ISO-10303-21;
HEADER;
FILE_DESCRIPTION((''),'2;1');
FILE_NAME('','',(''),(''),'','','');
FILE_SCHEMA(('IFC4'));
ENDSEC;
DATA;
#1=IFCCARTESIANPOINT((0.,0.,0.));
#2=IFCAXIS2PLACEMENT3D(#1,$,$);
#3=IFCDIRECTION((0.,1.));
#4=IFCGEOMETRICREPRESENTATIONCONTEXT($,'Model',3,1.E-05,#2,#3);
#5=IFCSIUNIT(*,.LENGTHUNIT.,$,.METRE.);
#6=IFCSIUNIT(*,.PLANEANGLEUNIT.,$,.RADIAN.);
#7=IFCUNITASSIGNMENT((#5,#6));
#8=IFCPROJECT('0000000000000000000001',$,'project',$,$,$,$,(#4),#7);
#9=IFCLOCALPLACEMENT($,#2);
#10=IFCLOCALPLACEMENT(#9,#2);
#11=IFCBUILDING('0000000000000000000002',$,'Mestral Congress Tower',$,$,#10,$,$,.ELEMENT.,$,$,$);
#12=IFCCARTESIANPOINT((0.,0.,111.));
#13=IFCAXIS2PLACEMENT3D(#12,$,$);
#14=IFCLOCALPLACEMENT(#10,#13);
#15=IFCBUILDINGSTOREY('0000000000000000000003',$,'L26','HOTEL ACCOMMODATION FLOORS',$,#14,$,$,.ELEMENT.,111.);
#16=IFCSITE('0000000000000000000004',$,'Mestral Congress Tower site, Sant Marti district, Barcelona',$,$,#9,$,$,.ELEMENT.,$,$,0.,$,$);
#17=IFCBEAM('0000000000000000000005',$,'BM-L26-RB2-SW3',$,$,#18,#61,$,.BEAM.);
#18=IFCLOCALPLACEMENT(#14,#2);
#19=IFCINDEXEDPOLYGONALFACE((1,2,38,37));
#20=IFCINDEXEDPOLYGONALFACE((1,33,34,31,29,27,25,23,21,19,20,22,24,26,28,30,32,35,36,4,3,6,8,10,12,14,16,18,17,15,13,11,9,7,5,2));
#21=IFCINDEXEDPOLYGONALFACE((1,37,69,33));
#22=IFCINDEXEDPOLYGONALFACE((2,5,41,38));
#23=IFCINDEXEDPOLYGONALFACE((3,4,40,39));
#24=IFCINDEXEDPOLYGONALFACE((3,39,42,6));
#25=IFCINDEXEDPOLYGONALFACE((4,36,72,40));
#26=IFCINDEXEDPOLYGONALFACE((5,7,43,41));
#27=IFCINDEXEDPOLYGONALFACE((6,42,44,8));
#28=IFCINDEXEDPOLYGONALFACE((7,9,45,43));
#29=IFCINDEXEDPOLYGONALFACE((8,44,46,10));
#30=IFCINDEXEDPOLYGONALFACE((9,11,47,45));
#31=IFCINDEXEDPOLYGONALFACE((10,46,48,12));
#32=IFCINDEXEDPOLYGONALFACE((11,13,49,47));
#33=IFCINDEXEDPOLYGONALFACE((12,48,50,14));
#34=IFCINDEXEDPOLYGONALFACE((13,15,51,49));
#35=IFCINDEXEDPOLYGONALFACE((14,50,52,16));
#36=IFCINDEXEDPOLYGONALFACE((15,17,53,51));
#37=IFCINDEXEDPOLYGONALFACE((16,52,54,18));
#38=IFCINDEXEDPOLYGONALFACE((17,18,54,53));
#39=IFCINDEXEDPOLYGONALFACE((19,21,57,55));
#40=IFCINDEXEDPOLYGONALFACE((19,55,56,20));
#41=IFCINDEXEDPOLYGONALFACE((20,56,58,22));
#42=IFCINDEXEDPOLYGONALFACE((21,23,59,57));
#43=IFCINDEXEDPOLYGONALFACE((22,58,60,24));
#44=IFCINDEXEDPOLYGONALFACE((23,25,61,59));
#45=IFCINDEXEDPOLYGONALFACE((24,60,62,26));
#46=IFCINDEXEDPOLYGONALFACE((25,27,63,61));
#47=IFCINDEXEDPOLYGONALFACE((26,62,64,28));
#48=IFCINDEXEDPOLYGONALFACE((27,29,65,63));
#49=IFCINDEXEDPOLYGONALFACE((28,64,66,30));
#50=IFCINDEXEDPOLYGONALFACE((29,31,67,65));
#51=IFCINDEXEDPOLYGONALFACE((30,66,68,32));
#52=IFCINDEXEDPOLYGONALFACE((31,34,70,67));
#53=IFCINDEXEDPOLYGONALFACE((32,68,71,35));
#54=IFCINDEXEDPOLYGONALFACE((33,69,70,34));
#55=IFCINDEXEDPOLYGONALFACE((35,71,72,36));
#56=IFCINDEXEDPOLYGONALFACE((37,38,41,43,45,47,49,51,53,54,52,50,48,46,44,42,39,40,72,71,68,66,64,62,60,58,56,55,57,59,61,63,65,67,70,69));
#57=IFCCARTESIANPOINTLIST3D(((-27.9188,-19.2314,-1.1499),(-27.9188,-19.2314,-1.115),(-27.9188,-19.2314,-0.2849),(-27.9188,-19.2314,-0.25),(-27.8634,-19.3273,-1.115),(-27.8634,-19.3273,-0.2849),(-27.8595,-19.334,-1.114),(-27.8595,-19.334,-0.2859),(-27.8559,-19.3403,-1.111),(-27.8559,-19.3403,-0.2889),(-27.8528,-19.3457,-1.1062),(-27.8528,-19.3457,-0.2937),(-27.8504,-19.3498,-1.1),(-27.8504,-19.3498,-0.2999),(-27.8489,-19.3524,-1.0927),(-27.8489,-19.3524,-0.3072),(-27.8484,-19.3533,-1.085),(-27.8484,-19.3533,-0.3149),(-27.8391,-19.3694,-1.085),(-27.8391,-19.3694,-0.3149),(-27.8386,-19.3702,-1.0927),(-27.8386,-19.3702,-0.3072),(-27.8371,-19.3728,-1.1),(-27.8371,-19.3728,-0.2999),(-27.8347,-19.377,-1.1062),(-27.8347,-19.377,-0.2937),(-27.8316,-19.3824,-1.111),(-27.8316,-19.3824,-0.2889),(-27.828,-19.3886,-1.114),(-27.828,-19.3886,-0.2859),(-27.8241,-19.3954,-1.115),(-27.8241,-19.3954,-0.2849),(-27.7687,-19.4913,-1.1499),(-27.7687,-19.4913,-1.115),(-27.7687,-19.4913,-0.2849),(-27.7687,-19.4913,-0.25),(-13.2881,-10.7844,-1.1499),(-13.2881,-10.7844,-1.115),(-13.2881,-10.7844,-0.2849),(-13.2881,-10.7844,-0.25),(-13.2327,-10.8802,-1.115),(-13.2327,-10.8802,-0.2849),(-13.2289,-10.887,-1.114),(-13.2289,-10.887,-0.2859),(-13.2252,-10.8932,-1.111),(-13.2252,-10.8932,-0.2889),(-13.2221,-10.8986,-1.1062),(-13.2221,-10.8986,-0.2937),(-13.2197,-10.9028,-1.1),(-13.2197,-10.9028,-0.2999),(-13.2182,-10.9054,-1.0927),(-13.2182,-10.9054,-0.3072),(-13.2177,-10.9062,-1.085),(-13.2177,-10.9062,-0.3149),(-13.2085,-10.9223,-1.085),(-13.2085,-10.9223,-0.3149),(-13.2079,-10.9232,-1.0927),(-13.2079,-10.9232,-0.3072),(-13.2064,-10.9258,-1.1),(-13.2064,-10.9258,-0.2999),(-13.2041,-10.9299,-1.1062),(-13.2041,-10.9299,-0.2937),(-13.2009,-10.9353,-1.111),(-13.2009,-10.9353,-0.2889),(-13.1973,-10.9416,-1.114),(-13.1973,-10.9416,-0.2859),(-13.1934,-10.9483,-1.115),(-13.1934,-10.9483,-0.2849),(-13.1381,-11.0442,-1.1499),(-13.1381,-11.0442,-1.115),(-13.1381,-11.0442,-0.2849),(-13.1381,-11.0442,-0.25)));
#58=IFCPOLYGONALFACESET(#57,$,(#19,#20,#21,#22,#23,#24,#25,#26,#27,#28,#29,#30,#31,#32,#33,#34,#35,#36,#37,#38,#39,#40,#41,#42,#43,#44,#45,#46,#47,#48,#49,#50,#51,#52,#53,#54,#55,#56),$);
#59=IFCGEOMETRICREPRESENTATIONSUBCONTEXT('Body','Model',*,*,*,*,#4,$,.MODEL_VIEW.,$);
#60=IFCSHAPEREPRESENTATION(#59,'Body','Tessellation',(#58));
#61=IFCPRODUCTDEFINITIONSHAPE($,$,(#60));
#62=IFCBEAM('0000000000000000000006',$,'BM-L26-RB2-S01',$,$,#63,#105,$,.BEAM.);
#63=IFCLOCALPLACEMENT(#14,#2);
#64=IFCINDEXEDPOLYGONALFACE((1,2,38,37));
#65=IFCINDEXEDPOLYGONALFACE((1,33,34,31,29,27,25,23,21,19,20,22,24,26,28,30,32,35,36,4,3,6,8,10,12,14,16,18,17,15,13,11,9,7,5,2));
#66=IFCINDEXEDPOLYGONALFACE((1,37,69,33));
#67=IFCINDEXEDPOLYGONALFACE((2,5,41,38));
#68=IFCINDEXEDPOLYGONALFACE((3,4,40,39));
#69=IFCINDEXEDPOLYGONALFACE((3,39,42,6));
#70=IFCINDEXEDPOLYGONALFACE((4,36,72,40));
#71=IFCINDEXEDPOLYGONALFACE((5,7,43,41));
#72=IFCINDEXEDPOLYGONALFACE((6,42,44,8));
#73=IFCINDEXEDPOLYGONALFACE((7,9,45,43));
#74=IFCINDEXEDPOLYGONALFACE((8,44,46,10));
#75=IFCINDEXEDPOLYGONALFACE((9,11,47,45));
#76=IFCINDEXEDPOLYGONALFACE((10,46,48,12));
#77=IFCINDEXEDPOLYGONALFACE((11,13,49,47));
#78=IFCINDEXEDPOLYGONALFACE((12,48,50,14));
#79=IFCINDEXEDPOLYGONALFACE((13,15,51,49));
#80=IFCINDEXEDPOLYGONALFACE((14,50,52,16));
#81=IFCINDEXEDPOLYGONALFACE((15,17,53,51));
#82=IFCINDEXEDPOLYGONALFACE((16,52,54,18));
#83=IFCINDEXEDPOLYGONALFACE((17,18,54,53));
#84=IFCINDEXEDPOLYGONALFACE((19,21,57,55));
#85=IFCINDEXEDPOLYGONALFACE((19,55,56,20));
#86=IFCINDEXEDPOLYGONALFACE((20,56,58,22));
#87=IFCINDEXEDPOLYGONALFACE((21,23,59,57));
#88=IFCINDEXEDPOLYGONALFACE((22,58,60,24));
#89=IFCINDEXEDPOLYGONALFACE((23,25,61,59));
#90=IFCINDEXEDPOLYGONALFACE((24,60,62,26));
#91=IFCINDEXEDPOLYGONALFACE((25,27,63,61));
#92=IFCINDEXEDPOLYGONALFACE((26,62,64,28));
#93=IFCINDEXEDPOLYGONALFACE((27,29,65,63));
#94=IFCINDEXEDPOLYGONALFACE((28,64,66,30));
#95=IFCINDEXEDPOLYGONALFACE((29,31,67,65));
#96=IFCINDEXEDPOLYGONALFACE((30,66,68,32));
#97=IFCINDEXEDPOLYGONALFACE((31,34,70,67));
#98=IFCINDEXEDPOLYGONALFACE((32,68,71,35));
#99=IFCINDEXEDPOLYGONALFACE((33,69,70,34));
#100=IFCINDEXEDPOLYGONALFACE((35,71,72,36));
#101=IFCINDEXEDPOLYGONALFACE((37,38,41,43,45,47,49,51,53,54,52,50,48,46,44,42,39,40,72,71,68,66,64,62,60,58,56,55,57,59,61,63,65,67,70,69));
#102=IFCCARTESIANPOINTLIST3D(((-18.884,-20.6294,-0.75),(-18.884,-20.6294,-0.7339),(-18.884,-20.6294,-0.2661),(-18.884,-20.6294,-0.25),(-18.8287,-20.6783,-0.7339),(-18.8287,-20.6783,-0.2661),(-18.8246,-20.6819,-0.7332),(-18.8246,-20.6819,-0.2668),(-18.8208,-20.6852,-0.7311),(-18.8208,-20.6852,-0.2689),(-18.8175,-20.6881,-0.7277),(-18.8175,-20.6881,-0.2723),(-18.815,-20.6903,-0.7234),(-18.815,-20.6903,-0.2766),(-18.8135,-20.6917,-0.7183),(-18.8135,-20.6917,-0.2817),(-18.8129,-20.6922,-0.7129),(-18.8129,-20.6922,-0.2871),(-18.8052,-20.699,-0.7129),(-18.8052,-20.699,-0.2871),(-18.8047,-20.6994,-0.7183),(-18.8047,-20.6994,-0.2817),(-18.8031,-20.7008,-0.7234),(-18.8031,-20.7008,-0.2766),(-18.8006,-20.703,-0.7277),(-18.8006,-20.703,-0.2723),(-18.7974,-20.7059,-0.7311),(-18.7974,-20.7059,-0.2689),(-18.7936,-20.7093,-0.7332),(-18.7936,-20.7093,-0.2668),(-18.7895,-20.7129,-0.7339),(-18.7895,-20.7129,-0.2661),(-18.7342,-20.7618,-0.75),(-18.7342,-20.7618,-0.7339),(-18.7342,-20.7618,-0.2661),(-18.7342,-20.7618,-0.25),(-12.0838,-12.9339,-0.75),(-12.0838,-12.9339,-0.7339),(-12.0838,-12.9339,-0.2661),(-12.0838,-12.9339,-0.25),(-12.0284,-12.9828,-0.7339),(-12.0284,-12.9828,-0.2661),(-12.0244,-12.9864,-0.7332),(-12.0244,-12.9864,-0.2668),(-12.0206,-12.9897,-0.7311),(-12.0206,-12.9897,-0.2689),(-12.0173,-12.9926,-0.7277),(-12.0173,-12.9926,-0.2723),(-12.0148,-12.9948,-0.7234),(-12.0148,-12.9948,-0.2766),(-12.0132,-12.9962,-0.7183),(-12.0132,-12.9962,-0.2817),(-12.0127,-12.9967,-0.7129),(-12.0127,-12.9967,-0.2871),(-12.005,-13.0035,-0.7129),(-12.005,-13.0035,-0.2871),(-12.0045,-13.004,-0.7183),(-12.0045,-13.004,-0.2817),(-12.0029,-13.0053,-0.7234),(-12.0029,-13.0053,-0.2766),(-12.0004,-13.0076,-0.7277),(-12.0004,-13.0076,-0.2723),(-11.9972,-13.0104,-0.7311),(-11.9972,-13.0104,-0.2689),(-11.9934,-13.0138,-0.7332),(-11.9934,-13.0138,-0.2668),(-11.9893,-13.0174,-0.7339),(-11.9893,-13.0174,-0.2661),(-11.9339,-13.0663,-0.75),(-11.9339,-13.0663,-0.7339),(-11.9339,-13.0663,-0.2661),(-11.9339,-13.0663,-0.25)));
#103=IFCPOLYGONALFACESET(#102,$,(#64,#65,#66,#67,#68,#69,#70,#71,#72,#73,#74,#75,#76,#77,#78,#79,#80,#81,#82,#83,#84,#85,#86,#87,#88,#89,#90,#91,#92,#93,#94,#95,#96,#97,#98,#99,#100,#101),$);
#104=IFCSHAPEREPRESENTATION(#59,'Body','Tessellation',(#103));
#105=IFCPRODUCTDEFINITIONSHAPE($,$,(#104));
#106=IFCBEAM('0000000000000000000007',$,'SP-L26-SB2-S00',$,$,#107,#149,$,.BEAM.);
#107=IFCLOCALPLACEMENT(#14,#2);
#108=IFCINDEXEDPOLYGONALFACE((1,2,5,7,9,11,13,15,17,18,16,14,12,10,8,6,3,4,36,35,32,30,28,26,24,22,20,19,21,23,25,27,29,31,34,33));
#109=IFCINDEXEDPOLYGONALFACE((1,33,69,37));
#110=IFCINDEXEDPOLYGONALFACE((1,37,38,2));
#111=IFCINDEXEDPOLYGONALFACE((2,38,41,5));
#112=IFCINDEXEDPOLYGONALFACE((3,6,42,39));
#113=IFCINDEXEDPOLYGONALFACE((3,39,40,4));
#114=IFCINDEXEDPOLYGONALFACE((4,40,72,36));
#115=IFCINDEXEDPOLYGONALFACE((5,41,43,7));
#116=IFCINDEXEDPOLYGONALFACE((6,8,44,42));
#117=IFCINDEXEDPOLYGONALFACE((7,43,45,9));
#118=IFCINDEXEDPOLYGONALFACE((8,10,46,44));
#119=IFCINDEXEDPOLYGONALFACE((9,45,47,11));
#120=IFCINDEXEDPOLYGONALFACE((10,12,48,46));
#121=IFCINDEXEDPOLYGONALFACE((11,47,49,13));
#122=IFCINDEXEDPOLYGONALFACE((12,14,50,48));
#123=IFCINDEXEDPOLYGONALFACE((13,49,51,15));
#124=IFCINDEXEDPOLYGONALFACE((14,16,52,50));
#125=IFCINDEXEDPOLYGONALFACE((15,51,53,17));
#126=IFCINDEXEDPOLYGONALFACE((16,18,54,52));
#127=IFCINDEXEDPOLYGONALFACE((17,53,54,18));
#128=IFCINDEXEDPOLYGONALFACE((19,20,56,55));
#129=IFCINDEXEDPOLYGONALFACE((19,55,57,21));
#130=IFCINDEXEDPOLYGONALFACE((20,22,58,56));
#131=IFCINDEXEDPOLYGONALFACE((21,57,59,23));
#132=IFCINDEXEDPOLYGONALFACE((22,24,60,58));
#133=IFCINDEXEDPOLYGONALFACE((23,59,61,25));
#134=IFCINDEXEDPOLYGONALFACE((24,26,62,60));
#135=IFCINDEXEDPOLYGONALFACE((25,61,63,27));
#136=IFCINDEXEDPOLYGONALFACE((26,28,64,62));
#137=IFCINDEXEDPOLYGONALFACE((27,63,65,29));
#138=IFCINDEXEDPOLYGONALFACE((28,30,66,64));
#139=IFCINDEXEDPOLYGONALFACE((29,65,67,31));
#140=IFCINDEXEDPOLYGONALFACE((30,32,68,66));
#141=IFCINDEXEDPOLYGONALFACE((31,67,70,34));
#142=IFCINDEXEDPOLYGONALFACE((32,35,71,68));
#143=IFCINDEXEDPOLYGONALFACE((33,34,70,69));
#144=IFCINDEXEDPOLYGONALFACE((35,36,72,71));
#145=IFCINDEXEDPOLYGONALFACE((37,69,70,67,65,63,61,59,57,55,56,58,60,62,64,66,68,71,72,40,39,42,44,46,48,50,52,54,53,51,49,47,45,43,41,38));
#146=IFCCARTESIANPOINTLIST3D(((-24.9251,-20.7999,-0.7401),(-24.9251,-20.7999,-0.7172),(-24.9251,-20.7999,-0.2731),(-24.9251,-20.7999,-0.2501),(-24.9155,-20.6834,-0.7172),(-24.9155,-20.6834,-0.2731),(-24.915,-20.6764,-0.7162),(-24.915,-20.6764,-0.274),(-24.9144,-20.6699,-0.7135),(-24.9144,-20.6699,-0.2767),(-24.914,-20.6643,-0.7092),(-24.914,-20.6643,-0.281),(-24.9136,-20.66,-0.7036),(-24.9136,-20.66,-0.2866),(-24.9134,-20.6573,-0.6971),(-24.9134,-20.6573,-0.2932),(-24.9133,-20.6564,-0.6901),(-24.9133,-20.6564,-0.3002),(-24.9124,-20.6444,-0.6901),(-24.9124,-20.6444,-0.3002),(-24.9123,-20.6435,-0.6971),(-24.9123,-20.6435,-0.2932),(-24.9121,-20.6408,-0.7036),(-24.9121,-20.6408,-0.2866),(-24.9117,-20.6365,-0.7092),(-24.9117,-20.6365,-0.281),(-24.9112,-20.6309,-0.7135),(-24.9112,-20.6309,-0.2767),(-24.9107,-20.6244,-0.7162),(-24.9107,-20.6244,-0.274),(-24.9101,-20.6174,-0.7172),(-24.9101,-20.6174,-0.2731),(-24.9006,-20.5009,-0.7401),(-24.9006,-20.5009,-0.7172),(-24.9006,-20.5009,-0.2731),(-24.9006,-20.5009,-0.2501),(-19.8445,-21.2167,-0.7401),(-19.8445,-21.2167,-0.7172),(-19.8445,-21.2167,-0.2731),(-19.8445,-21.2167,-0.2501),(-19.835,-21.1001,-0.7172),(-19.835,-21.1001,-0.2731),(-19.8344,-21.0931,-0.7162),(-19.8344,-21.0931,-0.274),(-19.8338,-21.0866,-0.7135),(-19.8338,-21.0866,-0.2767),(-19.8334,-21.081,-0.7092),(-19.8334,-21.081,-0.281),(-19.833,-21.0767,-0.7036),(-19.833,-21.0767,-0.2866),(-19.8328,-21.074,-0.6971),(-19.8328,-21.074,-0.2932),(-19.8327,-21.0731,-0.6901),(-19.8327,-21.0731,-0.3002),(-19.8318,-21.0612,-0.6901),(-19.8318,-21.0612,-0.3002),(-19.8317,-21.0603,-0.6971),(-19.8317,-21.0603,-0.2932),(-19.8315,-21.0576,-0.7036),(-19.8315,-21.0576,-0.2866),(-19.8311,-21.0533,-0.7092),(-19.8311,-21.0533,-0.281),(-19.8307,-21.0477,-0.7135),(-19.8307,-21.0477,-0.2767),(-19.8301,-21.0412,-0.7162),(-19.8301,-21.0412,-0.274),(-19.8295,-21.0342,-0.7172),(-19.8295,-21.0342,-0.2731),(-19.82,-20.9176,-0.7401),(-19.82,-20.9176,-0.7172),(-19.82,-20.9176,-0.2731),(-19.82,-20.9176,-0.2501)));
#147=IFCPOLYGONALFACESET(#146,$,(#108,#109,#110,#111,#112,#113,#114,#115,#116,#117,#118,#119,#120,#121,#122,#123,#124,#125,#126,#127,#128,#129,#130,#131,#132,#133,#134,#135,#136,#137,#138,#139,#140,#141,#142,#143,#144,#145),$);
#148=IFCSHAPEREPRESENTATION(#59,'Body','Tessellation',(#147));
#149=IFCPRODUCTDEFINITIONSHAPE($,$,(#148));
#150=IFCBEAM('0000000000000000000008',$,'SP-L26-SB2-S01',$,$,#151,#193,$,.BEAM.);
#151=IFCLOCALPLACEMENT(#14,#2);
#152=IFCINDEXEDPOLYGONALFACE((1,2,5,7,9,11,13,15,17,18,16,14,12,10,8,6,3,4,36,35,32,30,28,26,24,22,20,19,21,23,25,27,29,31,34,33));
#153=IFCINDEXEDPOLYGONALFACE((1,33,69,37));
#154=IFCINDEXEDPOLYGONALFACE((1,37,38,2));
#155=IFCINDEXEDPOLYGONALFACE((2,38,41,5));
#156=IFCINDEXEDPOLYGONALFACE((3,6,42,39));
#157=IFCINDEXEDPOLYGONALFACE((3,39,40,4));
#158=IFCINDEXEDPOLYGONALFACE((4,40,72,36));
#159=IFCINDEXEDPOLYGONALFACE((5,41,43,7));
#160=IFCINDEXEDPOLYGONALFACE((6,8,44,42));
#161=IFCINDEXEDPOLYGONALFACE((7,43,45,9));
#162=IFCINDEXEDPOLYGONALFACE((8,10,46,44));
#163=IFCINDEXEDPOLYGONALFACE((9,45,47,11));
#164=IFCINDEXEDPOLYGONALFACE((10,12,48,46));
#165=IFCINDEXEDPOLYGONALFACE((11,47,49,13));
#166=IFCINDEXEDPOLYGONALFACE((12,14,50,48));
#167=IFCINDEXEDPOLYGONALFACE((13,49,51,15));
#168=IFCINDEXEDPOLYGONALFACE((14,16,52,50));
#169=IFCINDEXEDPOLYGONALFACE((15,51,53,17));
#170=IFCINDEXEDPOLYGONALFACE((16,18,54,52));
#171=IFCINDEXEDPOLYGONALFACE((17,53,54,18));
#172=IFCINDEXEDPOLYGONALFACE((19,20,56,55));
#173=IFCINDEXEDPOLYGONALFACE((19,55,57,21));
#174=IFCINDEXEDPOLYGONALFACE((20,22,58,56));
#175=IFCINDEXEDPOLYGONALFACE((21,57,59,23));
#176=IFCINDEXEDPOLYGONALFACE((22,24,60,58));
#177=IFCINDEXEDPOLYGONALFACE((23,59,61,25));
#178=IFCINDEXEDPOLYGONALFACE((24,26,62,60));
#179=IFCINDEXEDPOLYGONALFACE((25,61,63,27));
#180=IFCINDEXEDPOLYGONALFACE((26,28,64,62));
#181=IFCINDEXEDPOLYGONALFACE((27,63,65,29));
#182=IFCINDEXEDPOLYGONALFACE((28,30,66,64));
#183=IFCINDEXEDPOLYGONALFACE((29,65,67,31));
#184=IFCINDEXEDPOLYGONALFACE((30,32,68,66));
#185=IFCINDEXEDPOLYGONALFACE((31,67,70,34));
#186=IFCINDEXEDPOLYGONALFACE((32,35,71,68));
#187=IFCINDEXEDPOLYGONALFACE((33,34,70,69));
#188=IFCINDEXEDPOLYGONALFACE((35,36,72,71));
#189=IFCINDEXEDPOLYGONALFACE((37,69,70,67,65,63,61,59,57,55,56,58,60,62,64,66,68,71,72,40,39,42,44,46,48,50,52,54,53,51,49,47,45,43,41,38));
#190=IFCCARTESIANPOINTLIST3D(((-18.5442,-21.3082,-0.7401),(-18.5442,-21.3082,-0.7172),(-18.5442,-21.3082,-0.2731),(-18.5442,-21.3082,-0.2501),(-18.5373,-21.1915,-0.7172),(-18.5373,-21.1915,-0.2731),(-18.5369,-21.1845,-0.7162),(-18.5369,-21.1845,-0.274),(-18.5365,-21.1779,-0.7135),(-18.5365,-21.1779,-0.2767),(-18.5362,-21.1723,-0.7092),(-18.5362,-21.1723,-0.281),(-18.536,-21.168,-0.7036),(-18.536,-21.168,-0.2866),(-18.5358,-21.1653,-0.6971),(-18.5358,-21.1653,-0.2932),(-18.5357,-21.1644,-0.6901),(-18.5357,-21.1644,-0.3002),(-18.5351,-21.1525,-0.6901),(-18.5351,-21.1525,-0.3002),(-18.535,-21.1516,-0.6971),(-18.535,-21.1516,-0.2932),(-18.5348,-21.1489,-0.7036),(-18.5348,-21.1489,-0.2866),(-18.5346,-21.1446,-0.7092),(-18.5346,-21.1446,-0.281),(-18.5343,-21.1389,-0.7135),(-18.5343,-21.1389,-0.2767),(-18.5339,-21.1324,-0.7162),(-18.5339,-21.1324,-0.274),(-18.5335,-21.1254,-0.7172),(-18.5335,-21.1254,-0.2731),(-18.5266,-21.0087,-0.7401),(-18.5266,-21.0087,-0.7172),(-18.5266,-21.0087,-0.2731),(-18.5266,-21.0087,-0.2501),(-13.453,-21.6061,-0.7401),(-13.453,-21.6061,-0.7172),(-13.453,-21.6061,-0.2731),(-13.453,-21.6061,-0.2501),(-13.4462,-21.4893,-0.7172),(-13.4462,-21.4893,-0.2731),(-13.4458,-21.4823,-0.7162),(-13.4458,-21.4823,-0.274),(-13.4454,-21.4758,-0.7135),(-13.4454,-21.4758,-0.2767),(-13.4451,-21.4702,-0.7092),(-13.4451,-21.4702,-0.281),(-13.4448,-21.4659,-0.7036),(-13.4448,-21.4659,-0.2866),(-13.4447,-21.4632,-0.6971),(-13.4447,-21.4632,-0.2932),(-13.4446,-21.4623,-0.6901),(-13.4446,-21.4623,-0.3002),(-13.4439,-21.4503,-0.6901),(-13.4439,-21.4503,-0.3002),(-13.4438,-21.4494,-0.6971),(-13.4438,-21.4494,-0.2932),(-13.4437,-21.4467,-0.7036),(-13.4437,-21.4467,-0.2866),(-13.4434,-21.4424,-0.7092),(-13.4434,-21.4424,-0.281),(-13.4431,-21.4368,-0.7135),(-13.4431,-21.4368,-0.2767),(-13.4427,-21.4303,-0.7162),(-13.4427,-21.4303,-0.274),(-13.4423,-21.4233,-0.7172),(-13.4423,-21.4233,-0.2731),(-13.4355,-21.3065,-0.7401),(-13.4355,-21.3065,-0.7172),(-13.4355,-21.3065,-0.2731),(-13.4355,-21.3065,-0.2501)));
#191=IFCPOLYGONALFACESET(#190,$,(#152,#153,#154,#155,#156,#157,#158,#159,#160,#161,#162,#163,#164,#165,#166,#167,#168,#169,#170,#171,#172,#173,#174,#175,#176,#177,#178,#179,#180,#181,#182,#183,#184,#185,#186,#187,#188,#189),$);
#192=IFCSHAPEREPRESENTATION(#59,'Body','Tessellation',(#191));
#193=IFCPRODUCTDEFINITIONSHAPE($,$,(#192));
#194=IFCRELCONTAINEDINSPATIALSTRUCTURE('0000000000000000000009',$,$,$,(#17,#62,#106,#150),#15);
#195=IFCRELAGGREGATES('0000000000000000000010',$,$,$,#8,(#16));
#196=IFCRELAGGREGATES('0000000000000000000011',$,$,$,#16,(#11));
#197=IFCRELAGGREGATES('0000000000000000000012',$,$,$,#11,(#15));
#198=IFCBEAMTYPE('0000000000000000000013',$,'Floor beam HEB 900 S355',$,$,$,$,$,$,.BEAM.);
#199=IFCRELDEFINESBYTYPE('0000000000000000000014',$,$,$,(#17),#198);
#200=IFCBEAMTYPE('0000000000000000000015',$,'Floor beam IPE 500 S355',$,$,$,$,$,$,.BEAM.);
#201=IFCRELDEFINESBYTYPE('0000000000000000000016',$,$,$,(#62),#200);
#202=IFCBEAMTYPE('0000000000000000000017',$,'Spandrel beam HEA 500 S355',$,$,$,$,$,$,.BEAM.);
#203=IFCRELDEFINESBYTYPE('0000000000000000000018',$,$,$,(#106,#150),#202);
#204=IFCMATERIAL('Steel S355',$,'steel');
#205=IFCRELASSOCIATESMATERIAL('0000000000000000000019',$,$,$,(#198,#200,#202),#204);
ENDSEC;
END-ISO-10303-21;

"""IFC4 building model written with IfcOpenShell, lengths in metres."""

from ifc_helpers import new_model, si_unit, direction, frame, origin, origin_2d, place, context, subcontext, project, spatial, i_section, extrude, material, material_profile, profile_set, type_object, element, save


model = new_model("IFC4")

# Units and contexts
model_context = context("Model", 3, precision=1e-05, world=origin(), true_north=direction((0.0, 1.0)))
body_context = subcontext(model_context, "Body", "Model", "MODEL_VIEW")
ifc_project = project(units=[si_unit("LENGTHUNIT", "METRE"), si_unit("PLANEANGLEUNIT", "RADIAN")], contexts=[model_context])

# Site, building, storey
site_placement = place(None, origin())
site = spatial("IfcSite", under=ifc_project, at=site_placement, Name="Mestral Congress Tower site, Sant Marti district, Barcelona", CompositionType="ELEMENT", RefElevation=0.0)
building_placement = place(site_placement, origin())
building = spatial("IfcBuilding", under=site, at=building_placement, Name="Mestral Congress Tower", CompositionType="ELEMENT")
storey_placement = place(building_placement, frame((0.0, 0.0, 111.0)))
storey = spatial("IfcBuildingStorey", under=building, at=storey_placement, Name="L26", Description="HOTEL ACCOMMODATION FLOORS", CompositionType="ELEMENT", Elevation=111.0)

# Beams
ifc_material_1 = material(Name="Steel S355", Category="steel")
ifc_material_profile_1 = material_profile(ifc_material_1, i_section(OverallWidth=0.3, OverallDepth=0.8999, WebThickness=0.0186, FlangeThickness=0.0349, FilletRadius=0.03, at=origin_2d()), Name="HEB 900")
ifc_profile_set_1 = profile_set([ifc_material_profile_1], Name="Steel S355")
beam_type_1 = type_object("IfcBeamType", Name="Floor beam HEB 900 S355", PredefinedType="BEAM", material=ifc_profile_set_1)
beam_1_placement = place(storey_placement, frame((-27.8438, -19.3613, -0.7), z_axis=(0.866025, 0.500001, 0.0), x_axis=(-0.500001, 0.866025, 0.0)))
element("IfcBeam", 1, at=beam_1_placement, inside=storey, type_object=beam_type_1, Name="BM-L26-RB2-SW3", PredefinedType="BEAM", context=body_context, shape_type="SweptSolid", body=[
    extrude(i_section(OverallWidth=0.3, OverallDepth=0.8999, WebThickness=0.0186, FlangeThickness=0.0349, FilletRadius=0.03, at=origin_2d()), origin(), (0.0, 0.0, 1.0), 16.894),
])
ifc_material_profile_2 = material_profile(ifc_material_1, i_section(OverallWidth=0.2, OverallDepth=0.5, WebThickness=0.0103, FlangeThickness=0.0161, FilletRadius=0.021, at=origin_2d()), Name="IPE 500")
ifc_profile_set_2 = profile_set([ifc_material_profile_2], Name="Steel S355")
beam_type_2 = type_object("IfcBeamType", Name="Floor beam IPE 500 S355", PredefinedType="BEAM", material=ifc_profile_set_2)
beam_2_placement = place(storey_placement, frame((-18.8091, -20.6956, -0.5), z_axis=(0.662174, 0.74935, 0.0), x_axis=(-0.74935, 0.662174, 0.0)))
element("IfcBeam", 2, at=beam_2_placement, inside=storey, type_object=beam_type_2, Name="BM-L26-RB2-S01", PredefinedType="BEAM", context=body_context, shape_type="SweptSolid", body=[
    extrude(i_section(OverallWidth=0.2, OverallDepth=0.5, WebThickness=0.0103, FlangeThickness=0.0161, FilletRadius=0.021, at=origin_2d()), origin(), (0.0, 0.0, 1.0), 10.2695),
])
ifc_material_profile_3 = material_profile(ifc_material_1, i_section(OverallWidth=0.3, OverallDepth=0.49, WebThickness=0.012, FlangeThickness=0.0229, FilletRadius=0.0271, at=origin_2d()), Name="HEA 500")
ifc_profile_set_3 = profile_set([ifc_material_profile_3], Name="Steel S355")
beam_type_3 = type_object("IfcBeamType", Name="Spandrel beam HEA 500 S355", PredefinedType="BEAM", material=ifc_profile_set_3)
beam_3_placement = place(storey_placement, frame((-24.9128, -20.6504, -0.4951), z_axis=(0.996653, -0.081753, 0.0), x_axis=(0.081753, 0.996653, 0.0)))
element("IfcBeam", 3, at=beam_3_placement, inside=storey, type_object=beam_type_3, Name="SP-L26-SB2-S00", PredefinedType="BEAM", context=body_context, shape_type="SweptSolid", body=[
    extrude(i_section(OverallWidth=0.3, OverallDepth=0.49, WebThickness=0.012, FlangeThickness=0.0229, FilletRadius=0.0271, at=origin_2d()), origin(), (0.0, 0.0, 1.0), 5.0977),
])
beam_4_placement = place(storey_placement, frame((-18.5354, -21.1584, -0.4951), z_axis=(0.998293, -0.058405, 0.0), x_axis=(0.058405, 0.998293, 0.0)))
element("IfcBeam", 4, at=beam_4_placement, inside=storey, type_object=beam_type_3, Name="SP-L26-SB2-S01", PredefinedType="BEAM", context=body_context, shape_type="SweptSolid", body=[
    extrude(i_section(OverallWidth=0.3, OverallDepth=0.49, WebThickness=0.012, FlangeThickness=0.0229, FilletRadius=0.0271, at=origin_2d()), origin(), (0.0, 0.0, 1.0), 5.0999),
])

save(model, "model.ifc")
